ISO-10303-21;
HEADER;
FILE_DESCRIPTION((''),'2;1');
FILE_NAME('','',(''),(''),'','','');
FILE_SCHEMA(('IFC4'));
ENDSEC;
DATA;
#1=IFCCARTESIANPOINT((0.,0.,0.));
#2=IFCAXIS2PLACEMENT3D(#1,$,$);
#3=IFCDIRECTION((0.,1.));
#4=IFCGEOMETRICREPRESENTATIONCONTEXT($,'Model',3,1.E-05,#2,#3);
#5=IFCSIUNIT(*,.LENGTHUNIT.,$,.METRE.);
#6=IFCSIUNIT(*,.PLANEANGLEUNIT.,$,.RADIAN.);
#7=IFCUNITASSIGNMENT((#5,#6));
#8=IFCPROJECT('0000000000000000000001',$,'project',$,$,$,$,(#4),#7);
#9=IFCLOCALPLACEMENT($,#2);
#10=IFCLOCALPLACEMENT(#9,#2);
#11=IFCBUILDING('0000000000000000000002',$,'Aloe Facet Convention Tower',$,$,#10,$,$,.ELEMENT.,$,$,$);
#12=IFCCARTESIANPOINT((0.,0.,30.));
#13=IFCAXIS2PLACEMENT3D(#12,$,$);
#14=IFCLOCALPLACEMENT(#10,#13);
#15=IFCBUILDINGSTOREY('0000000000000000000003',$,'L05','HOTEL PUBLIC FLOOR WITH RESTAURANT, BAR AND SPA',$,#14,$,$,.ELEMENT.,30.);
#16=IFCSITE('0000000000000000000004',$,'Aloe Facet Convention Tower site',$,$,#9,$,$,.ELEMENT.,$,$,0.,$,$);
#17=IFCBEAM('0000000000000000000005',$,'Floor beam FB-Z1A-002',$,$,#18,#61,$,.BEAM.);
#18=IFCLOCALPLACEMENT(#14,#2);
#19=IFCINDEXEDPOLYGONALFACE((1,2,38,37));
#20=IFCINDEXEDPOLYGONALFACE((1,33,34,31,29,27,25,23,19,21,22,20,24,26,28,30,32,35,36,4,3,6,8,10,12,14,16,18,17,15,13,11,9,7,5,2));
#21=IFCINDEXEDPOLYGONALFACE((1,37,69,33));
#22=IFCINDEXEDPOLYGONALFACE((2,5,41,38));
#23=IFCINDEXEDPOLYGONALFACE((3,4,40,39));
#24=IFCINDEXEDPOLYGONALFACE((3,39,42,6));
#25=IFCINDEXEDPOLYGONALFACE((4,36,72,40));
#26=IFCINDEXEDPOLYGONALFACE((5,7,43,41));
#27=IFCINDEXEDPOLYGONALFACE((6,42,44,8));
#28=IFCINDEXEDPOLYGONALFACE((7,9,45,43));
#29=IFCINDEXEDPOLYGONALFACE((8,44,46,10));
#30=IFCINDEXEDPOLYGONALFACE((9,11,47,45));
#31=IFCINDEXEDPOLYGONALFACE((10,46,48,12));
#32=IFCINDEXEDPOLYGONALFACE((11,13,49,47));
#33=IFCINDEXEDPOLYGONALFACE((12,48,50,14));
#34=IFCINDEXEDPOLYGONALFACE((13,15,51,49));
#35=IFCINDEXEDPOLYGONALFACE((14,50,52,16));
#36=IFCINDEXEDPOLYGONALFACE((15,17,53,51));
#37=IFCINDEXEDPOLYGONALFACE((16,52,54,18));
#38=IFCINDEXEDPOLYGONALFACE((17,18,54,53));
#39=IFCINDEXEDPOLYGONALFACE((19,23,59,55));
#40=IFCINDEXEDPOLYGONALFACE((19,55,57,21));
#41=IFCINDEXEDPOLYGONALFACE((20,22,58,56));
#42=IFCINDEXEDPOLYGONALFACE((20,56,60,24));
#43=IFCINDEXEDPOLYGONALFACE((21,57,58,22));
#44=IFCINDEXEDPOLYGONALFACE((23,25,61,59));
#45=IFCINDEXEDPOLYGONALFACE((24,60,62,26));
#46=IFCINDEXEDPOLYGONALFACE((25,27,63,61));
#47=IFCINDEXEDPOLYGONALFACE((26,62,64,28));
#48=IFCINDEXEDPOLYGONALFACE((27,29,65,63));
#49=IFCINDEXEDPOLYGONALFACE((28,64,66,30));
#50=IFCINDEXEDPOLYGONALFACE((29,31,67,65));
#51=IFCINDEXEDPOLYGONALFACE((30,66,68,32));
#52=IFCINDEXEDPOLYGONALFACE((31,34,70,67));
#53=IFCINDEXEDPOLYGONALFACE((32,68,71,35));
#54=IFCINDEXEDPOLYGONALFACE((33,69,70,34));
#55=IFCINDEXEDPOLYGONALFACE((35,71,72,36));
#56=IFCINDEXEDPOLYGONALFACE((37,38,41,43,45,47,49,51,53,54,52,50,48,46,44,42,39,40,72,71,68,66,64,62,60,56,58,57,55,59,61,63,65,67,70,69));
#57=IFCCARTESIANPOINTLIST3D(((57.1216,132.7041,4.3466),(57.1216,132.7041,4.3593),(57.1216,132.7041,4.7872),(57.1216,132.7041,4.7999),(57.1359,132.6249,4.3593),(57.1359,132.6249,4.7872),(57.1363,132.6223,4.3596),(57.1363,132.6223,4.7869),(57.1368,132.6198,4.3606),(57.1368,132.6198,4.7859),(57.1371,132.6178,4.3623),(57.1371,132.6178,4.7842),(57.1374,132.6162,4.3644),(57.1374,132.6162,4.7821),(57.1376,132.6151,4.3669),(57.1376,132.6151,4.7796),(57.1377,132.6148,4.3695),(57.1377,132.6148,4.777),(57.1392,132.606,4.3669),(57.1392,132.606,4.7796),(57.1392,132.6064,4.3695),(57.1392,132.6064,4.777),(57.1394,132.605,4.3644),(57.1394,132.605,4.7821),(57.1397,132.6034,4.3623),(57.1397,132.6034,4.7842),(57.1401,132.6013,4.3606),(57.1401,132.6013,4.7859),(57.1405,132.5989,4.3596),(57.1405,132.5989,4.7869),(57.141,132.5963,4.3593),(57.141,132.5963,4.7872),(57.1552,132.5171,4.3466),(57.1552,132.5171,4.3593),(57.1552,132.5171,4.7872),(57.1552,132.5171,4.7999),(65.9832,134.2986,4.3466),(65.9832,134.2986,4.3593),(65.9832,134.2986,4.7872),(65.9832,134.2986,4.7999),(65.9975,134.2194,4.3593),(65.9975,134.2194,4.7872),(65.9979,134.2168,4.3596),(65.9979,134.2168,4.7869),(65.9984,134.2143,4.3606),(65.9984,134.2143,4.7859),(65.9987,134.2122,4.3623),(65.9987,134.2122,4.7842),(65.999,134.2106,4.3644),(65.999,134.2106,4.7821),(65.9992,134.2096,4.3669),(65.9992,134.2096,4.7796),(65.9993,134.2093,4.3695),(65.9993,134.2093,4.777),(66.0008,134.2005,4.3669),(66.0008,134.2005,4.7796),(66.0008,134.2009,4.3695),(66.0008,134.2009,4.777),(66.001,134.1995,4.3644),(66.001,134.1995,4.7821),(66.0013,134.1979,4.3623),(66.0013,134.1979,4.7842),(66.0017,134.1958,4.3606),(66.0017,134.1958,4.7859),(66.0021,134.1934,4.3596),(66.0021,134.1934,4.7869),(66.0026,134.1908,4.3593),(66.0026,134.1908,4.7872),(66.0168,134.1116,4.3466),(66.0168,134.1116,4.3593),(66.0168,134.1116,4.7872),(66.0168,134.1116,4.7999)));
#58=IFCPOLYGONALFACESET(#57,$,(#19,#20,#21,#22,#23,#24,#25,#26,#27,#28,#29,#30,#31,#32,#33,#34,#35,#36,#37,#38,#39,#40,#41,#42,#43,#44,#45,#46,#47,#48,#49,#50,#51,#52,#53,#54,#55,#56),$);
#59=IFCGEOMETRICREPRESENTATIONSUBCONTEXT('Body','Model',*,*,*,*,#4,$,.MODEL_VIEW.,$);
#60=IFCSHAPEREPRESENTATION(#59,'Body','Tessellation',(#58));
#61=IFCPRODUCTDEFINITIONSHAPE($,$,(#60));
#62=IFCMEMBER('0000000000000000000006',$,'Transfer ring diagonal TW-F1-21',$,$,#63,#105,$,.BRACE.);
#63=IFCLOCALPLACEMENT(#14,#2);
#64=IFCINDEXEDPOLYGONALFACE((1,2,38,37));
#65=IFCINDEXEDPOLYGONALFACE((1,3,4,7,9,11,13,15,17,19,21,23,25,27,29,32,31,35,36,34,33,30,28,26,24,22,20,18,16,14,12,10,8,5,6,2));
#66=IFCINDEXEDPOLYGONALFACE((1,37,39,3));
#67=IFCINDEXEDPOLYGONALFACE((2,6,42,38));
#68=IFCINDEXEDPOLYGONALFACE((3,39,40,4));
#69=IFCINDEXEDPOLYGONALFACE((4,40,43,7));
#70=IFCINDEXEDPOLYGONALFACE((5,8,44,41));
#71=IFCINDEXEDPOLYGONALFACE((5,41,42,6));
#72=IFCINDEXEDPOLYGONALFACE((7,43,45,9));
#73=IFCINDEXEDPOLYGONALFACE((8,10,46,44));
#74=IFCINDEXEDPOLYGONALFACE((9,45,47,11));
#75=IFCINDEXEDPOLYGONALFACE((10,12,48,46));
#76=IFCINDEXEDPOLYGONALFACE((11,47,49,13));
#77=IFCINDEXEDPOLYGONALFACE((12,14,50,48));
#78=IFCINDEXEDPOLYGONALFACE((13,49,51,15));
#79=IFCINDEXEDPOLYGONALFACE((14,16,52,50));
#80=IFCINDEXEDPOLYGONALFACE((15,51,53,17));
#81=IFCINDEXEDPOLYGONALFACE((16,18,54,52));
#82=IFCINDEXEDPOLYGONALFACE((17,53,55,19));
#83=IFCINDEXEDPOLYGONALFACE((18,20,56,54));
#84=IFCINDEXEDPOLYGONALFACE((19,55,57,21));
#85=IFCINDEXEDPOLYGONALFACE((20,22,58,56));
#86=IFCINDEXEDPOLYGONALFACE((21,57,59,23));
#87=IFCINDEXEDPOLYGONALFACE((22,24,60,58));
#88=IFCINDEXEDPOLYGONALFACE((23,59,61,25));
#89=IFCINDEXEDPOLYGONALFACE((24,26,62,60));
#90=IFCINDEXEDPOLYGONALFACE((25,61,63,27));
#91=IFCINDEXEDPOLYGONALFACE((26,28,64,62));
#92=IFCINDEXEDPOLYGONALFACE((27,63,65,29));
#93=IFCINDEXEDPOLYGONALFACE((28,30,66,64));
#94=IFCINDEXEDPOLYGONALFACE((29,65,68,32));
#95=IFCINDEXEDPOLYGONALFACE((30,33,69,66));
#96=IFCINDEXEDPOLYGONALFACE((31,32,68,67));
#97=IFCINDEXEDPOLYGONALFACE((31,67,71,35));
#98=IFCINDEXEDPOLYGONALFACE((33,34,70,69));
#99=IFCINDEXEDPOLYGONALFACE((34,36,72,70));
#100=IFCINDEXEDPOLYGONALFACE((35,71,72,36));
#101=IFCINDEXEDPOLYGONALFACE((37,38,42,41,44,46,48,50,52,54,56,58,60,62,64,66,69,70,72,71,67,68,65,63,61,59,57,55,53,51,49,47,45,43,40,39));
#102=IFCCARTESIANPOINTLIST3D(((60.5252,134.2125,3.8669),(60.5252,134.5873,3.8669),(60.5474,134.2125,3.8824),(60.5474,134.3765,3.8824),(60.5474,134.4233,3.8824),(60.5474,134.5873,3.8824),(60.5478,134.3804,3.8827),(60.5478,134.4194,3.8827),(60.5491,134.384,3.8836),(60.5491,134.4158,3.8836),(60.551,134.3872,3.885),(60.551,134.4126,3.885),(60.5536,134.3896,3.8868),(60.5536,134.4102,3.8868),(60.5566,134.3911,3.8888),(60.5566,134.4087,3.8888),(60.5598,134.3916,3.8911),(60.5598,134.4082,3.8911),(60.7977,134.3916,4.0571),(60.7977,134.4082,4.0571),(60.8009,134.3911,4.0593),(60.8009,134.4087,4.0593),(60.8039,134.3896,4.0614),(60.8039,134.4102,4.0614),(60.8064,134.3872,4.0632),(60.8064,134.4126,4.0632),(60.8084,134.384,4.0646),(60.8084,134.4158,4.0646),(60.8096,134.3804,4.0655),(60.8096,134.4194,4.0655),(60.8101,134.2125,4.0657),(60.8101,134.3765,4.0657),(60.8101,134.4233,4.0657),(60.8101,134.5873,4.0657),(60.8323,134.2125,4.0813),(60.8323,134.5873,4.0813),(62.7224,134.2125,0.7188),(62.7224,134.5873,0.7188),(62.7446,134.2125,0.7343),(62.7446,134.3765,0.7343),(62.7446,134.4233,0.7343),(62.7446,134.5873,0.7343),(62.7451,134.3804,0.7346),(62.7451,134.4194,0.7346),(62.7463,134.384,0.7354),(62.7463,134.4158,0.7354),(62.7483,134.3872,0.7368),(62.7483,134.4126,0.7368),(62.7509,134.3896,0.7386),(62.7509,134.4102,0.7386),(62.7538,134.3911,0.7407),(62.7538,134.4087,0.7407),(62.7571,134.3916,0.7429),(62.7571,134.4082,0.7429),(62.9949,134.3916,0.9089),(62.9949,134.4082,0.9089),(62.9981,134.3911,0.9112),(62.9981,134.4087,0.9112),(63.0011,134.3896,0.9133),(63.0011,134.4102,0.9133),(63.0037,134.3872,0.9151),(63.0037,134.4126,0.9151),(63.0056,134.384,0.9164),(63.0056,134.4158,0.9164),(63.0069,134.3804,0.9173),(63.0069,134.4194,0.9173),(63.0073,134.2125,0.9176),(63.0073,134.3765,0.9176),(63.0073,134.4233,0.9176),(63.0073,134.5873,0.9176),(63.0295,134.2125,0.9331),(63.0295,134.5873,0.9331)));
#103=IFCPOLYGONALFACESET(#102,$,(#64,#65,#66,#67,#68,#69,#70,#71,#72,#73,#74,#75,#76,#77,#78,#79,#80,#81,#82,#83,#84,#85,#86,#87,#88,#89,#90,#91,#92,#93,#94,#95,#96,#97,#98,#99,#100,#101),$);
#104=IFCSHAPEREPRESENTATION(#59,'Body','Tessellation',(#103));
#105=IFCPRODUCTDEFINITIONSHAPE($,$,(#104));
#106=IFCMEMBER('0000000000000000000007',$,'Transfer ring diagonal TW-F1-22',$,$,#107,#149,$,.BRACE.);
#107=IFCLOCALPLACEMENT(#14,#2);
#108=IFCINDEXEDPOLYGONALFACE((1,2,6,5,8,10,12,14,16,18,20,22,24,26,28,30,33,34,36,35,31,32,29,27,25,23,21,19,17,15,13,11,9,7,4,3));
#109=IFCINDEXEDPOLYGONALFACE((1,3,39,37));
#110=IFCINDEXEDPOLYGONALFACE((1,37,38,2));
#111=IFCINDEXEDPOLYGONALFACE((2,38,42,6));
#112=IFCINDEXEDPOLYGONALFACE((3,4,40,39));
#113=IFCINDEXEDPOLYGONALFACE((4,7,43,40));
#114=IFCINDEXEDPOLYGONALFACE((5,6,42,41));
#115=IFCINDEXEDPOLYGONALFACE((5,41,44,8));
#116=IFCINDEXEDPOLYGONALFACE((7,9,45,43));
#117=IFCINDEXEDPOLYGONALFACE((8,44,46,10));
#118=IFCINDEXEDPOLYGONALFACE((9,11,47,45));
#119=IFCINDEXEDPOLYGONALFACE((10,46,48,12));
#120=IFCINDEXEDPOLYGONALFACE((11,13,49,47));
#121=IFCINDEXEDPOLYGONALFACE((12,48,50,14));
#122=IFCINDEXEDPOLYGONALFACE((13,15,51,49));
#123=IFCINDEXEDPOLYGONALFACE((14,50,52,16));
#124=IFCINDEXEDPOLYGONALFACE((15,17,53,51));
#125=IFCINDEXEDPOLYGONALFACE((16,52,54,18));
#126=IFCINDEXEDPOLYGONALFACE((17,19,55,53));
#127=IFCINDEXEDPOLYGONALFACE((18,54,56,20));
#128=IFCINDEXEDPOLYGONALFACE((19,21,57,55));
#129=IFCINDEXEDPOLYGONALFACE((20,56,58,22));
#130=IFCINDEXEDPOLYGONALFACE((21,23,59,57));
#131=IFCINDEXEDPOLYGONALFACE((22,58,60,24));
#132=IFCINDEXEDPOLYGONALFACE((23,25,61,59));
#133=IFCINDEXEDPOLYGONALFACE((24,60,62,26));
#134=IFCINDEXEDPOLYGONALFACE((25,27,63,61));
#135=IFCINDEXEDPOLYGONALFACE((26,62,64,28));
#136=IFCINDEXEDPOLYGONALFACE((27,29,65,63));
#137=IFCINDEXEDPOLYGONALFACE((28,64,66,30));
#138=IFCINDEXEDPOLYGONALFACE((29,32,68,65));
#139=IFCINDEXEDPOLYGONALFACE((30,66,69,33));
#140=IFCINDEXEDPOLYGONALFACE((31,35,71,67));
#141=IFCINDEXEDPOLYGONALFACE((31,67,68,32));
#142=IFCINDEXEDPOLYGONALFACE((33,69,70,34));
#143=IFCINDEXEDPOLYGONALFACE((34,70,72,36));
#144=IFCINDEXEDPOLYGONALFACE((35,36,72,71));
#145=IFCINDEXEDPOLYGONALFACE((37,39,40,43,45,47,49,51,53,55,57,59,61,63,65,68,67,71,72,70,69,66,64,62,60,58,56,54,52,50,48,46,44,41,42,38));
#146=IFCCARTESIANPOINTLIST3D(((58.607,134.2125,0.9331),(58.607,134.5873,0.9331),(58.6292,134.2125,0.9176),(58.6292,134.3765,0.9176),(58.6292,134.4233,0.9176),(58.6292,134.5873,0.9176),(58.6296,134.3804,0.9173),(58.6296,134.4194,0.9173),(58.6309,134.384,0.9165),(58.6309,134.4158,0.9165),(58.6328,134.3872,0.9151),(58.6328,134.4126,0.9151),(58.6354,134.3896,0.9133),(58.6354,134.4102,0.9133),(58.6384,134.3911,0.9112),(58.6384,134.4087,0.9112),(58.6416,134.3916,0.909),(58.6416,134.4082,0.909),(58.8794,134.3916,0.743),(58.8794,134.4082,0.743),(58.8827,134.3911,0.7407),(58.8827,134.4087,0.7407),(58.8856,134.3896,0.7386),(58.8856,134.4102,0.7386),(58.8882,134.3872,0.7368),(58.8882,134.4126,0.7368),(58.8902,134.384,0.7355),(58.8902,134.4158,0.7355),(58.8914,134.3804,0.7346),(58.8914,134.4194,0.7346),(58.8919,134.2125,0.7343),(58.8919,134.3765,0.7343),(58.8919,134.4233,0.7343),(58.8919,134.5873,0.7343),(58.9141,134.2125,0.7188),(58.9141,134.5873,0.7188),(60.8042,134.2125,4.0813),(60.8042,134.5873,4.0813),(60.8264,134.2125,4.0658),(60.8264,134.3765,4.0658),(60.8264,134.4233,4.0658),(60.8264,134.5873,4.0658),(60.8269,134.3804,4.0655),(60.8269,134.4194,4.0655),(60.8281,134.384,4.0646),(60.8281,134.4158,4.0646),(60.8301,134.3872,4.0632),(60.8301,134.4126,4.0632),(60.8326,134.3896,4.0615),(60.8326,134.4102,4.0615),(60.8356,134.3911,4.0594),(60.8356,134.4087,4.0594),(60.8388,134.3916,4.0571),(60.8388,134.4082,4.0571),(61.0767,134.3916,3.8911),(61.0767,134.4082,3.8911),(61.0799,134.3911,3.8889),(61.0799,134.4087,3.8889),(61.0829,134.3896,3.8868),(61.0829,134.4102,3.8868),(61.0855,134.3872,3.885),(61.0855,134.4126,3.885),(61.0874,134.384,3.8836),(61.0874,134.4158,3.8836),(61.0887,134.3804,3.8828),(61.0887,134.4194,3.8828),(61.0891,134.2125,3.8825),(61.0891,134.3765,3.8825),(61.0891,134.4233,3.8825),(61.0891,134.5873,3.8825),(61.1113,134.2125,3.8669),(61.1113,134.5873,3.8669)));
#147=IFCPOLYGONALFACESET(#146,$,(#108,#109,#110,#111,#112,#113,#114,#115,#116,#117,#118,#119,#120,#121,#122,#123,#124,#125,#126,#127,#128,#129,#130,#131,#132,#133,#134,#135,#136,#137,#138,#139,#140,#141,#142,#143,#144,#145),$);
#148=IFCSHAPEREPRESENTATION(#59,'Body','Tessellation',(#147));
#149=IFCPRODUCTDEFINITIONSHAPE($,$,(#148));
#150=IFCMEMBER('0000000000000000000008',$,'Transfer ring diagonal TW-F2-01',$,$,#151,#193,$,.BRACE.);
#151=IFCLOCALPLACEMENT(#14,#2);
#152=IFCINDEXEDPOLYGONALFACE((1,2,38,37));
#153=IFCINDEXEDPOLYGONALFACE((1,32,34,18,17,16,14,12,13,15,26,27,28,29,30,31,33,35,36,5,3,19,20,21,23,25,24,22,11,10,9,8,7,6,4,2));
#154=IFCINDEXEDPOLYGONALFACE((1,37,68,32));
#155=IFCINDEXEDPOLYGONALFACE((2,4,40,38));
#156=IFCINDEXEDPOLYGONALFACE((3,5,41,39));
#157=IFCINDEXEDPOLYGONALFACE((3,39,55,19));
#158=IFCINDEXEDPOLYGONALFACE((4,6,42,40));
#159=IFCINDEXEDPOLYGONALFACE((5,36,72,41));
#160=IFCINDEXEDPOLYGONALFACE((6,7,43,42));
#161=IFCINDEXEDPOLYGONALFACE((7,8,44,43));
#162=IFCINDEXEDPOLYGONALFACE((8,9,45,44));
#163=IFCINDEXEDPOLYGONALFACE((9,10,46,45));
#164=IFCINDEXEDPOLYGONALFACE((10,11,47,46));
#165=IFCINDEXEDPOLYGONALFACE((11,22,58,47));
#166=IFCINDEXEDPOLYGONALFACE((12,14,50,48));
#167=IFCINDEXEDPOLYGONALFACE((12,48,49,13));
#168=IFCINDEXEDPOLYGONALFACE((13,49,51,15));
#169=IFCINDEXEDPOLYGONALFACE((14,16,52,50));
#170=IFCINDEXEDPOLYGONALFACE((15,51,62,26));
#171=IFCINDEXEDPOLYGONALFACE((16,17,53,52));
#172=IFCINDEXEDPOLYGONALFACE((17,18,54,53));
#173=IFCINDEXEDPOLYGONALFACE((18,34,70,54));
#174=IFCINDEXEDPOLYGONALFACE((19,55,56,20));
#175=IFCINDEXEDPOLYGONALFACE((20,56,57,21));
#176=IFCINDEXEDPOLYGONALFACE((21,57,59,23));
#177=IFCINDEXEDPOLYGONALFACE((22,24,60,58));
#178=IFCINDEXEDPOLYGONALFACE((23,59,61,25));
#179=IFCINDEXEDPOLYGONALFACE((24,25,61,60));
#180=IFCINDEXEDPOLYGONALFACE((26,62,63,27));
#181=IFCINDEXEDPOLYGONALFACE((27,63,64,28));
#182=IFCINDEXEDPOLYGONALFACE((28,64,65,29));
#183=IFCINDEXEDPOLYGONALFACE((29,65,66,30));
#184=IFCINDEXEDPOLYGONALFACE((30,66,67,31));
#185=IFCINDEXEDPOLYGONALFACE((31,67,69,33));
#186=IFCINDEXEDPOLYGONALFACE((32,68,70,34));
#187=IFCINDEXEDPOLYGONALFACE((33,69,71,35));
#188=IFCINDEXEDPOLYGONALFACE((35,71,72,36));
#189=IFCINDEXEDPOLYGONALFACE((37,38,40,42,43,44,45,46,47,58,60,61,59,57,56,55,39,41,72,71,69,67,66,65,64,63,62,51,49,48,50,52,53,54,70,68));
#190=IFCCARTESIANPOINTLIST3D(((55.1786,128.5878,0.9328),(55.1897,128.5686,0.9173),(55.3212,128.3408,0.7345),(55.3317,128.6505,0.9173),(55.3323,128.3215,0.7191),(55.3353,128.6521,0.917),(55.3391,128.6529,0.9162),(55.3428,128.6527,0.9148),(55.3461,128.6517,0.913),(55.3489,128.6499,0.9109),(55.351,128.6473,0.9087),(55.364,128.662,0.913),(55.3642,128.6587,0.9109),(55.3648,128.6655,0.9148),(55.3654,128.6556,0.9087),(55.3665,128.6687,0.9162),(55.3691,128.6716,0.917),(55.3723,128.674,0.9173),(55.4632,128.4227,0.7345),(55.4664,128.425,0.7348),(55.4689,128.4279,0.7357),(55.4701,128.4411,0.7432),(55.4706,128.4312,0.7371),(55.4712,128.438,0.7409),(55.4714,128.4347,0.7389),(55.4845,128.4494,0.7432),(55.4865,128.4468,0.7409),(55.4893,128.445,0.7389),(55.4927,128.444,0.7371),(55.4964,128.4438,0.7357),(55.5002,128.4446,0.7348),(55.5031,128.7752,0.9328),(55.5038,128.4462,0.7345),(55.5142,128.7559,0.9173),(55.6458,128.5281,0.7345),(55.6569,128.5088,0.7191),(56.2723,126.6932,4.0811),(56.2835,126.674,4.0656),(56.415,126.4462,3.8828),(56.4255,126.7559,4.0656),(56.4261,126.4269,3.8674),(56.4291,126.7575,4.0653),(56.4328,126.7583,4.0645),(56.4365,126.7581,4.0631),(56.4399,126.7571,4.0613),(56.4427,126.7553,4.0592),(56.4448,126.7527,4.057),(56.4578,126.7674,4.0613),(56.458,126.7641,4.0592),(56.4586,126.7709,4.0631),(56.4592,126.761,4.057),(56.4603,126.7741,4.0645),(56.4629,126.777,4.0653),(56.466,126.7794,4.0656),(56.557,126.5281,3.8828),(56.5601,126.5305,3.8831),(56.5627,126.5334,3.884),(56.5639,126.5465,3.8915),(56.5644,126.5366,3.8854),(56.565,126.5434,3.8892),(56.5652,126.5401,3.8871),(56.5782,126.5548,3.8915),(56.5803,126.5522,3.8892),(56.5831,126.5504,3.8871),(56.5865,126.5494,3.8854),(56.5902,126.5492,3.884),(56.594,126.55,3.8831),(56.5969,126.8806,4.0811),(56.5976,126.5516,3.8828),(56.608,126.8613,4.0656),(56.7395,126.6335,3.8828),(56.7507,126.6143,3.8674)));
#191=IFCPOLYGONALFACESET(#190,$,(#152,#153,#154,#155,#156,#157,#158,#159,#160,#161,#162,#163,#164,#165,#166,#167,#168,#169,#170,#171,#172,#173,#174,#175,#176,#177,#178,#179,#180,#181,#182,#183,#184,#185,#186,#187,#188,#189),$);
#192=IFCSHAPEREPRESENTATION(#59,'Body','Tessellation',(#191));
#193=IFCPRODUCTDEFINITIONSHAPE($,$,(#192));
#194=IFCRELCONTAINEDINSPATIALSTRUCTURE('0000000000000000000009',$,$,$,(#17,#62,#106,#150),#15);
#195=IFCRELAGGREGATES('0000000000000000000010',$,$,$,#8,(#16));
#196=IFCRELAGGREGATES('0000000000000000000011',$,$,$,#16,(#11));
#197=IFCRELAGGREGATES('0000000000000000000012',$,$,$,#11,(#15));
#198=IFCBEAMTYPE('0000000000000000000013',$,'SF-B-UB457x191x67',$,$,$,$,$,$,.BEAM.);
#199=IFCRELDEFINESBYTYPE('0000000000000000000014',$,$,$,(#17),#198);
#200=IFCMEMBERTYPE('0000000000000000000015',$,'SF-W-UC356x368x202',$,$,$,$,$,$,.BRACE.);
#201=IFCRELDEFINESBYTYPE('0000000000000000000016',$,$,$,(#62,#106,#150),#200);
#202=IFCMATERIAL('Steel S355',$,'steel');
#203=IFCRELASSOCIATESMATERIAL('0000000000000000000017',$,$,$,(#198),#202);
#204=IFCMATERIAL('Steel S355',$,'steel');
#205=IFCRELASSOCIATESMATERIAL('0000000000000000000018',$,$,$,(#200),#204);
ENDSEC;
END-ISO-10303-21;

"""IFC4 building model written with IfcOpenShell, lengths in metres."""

from ifc_helpers import new_model, si_unit, direction, frame, origin, origin_2d, place, context, subcontext, project, spatial, i_section, extrude, material, material_profile, profile_set, type_object, element, save


model = new_model("IFC4")

# Units and contexts
model_context = context("Model", 3, precision=1e-05, world=origin(), true_north=direction((0.0, 1.0)))
body_context = subcontext(model_context, "Body", "Model", "MODEL_VIEW")
ifc_project = project(units=[si_unit("LENGTHUNIT", "METRE"), si_unit("PLANEANGLEUNIT", "RADIAN")], contexts=[model_context])

# Site, building, storey
site_placement = place(None, origin())
site = spatial("IfcSite", under=ifc_project, at=site_placement, Name="Aloe Facet Convention Tower site", CompositionType="ELEMENT", RefElevation=0.0)
building_placement = place(site_placement, origin())
building = spatial("IfcBuilding", under=site, at=building_placement, Name="Aloe Facet Convention Tower", CompositionType="ELEMENT")
storey_placement = place(building_placement, frame((0.0, 0.0, 30.0)))
storey = spatial("IfcBuildingStorey", under=building, at=storey_placement, Name="L05", Description="HOTEL PUBLIC FLOOR WITH RESTAURANT, BAR AND SPA", CompositionType="ELEMENT", Elevation=30.0)

# Beam
ifc_material_1 = material(Name="Steel S355", Category="steel")
ifc_material_profile_1 = material_profile(ifc_material_1, i_section(OverallWidth=0.1899, OverallDepth=0.4534, WebThickness=0.0085, FlangeThickness=0.0127, FilletRadius=0.0103, at=origin_2d()), Name="UB 457x191x67")
ifc_profile_set_1 = profile_set([ifc_material_profile_1], Name="Steel S355")
beam_type_1 = type_object("IfcBeamType", Name="SF-B-UB457x191x67", PredefinedType="BEAM", material=ifc_profile_set_1)
beam_1_placement = place(storey_placement, frame((57.1384, 132.6106, 4.5732), z_axis=(0.984195, 0.177088, 0.0), x_axis=(-0.177088, 0.984195, 0.0)))
element("IfcBeam", 1, at=beam_1_placement, inside=storey, type_object=beam_type_1, Name="Floor beam FB-Z1A-002", PredefinedType="BEAM", context=body_context, shape_type="SweptSolid", body=[
    extrude(i_section(OverallWidth=0.1899, OverallDepth=0.4534, WebThickness=0.0085, FlangeThickness=0.0127, FilletRadius=0.0103, at=origin_2d()), origin(), (0.0, 0.0, 1.0), 9.0039),
])

# Members
ifc_material_2 = material(Name="Steel S355", Category="steel")
ifc_material_profile_2 = material_profile(ifc_material_2, i_section(OverallWidth=0.3748, OverallDepth=0.3745, WebThickness=0.0166, FlangeThickness=0.0271, FilletRadius=0.0151, at=origin_2d()), Name="UC 356x368x202")
ifc_profile_set_2 = profile_set([ifc_material_profile_2], Name="Steel S355")
member_type_1 = type_object("IfcMemberType", Name="SF-W-UC356x368x202", PredefinedType="BRACE", material=ifc_profile_set_2)
for number, where, z_axis, x_axis, name in (
    (2, (62.876, 134.3999, 0.8259), (-0.572331, 0.0, 0.820023), (0.0, -1.0, 0.0), "Transfer ring diagonal TW-F1-21"),
    (3, (60.9578, 134.3999, 3.9741), (-0.572331, 0.0, -0.820023), (0.0, -1.0, 0.0), "Transfer ring diagonal TW-F1-22"),
):
    element("IfcMember", number, at=place(storey_placement, frame(where, z_axis=z_axis, x_axis=x_axis)), inside=storey, type_object=member_type_1, Name=name, PredefinedType="BRACE", context=body_context, shape_type="SweptSolid", body=[
        extrude(i_section(OverallWidth=0.3748, OverallDepth=0.3745, WebThickness=0.0166, FlangeThickness=0.0271, FilletRadius=0.0151, at=origin_2d()), origin(), (0.0, 0.0, 1.0), 3.8391),
    ])
for number, where, z_axis, x_axis, name in (
    (4, (55.4177, 128.5483, 0.8259), (0.285305, -0.494188, 0.821206), (0.866037, 0.49998, 0.0), "Transfer ring diagonal TW-F2-01"),
):
    element("IfcMember", number, at=place(storey_placement, frame(where, z_axis=z_axis, x_axis=x_axis)), inside=storey, type_object=member_type_1, Name=name, PredefinedType="BRACE", context=body_context, shape_type="SweptSolid", body=[
        extrude(i_section(OverallWidth=0.3748, OverallDepth=0.3745, WebThickness=0.0166, FlangeThickness=0.0271, FilletRadius=0.0151, at=origin_2d()), origin(), (0.0, 0.0, 1.0), 3.8337),
    ])

save(model, "model.ifc")
